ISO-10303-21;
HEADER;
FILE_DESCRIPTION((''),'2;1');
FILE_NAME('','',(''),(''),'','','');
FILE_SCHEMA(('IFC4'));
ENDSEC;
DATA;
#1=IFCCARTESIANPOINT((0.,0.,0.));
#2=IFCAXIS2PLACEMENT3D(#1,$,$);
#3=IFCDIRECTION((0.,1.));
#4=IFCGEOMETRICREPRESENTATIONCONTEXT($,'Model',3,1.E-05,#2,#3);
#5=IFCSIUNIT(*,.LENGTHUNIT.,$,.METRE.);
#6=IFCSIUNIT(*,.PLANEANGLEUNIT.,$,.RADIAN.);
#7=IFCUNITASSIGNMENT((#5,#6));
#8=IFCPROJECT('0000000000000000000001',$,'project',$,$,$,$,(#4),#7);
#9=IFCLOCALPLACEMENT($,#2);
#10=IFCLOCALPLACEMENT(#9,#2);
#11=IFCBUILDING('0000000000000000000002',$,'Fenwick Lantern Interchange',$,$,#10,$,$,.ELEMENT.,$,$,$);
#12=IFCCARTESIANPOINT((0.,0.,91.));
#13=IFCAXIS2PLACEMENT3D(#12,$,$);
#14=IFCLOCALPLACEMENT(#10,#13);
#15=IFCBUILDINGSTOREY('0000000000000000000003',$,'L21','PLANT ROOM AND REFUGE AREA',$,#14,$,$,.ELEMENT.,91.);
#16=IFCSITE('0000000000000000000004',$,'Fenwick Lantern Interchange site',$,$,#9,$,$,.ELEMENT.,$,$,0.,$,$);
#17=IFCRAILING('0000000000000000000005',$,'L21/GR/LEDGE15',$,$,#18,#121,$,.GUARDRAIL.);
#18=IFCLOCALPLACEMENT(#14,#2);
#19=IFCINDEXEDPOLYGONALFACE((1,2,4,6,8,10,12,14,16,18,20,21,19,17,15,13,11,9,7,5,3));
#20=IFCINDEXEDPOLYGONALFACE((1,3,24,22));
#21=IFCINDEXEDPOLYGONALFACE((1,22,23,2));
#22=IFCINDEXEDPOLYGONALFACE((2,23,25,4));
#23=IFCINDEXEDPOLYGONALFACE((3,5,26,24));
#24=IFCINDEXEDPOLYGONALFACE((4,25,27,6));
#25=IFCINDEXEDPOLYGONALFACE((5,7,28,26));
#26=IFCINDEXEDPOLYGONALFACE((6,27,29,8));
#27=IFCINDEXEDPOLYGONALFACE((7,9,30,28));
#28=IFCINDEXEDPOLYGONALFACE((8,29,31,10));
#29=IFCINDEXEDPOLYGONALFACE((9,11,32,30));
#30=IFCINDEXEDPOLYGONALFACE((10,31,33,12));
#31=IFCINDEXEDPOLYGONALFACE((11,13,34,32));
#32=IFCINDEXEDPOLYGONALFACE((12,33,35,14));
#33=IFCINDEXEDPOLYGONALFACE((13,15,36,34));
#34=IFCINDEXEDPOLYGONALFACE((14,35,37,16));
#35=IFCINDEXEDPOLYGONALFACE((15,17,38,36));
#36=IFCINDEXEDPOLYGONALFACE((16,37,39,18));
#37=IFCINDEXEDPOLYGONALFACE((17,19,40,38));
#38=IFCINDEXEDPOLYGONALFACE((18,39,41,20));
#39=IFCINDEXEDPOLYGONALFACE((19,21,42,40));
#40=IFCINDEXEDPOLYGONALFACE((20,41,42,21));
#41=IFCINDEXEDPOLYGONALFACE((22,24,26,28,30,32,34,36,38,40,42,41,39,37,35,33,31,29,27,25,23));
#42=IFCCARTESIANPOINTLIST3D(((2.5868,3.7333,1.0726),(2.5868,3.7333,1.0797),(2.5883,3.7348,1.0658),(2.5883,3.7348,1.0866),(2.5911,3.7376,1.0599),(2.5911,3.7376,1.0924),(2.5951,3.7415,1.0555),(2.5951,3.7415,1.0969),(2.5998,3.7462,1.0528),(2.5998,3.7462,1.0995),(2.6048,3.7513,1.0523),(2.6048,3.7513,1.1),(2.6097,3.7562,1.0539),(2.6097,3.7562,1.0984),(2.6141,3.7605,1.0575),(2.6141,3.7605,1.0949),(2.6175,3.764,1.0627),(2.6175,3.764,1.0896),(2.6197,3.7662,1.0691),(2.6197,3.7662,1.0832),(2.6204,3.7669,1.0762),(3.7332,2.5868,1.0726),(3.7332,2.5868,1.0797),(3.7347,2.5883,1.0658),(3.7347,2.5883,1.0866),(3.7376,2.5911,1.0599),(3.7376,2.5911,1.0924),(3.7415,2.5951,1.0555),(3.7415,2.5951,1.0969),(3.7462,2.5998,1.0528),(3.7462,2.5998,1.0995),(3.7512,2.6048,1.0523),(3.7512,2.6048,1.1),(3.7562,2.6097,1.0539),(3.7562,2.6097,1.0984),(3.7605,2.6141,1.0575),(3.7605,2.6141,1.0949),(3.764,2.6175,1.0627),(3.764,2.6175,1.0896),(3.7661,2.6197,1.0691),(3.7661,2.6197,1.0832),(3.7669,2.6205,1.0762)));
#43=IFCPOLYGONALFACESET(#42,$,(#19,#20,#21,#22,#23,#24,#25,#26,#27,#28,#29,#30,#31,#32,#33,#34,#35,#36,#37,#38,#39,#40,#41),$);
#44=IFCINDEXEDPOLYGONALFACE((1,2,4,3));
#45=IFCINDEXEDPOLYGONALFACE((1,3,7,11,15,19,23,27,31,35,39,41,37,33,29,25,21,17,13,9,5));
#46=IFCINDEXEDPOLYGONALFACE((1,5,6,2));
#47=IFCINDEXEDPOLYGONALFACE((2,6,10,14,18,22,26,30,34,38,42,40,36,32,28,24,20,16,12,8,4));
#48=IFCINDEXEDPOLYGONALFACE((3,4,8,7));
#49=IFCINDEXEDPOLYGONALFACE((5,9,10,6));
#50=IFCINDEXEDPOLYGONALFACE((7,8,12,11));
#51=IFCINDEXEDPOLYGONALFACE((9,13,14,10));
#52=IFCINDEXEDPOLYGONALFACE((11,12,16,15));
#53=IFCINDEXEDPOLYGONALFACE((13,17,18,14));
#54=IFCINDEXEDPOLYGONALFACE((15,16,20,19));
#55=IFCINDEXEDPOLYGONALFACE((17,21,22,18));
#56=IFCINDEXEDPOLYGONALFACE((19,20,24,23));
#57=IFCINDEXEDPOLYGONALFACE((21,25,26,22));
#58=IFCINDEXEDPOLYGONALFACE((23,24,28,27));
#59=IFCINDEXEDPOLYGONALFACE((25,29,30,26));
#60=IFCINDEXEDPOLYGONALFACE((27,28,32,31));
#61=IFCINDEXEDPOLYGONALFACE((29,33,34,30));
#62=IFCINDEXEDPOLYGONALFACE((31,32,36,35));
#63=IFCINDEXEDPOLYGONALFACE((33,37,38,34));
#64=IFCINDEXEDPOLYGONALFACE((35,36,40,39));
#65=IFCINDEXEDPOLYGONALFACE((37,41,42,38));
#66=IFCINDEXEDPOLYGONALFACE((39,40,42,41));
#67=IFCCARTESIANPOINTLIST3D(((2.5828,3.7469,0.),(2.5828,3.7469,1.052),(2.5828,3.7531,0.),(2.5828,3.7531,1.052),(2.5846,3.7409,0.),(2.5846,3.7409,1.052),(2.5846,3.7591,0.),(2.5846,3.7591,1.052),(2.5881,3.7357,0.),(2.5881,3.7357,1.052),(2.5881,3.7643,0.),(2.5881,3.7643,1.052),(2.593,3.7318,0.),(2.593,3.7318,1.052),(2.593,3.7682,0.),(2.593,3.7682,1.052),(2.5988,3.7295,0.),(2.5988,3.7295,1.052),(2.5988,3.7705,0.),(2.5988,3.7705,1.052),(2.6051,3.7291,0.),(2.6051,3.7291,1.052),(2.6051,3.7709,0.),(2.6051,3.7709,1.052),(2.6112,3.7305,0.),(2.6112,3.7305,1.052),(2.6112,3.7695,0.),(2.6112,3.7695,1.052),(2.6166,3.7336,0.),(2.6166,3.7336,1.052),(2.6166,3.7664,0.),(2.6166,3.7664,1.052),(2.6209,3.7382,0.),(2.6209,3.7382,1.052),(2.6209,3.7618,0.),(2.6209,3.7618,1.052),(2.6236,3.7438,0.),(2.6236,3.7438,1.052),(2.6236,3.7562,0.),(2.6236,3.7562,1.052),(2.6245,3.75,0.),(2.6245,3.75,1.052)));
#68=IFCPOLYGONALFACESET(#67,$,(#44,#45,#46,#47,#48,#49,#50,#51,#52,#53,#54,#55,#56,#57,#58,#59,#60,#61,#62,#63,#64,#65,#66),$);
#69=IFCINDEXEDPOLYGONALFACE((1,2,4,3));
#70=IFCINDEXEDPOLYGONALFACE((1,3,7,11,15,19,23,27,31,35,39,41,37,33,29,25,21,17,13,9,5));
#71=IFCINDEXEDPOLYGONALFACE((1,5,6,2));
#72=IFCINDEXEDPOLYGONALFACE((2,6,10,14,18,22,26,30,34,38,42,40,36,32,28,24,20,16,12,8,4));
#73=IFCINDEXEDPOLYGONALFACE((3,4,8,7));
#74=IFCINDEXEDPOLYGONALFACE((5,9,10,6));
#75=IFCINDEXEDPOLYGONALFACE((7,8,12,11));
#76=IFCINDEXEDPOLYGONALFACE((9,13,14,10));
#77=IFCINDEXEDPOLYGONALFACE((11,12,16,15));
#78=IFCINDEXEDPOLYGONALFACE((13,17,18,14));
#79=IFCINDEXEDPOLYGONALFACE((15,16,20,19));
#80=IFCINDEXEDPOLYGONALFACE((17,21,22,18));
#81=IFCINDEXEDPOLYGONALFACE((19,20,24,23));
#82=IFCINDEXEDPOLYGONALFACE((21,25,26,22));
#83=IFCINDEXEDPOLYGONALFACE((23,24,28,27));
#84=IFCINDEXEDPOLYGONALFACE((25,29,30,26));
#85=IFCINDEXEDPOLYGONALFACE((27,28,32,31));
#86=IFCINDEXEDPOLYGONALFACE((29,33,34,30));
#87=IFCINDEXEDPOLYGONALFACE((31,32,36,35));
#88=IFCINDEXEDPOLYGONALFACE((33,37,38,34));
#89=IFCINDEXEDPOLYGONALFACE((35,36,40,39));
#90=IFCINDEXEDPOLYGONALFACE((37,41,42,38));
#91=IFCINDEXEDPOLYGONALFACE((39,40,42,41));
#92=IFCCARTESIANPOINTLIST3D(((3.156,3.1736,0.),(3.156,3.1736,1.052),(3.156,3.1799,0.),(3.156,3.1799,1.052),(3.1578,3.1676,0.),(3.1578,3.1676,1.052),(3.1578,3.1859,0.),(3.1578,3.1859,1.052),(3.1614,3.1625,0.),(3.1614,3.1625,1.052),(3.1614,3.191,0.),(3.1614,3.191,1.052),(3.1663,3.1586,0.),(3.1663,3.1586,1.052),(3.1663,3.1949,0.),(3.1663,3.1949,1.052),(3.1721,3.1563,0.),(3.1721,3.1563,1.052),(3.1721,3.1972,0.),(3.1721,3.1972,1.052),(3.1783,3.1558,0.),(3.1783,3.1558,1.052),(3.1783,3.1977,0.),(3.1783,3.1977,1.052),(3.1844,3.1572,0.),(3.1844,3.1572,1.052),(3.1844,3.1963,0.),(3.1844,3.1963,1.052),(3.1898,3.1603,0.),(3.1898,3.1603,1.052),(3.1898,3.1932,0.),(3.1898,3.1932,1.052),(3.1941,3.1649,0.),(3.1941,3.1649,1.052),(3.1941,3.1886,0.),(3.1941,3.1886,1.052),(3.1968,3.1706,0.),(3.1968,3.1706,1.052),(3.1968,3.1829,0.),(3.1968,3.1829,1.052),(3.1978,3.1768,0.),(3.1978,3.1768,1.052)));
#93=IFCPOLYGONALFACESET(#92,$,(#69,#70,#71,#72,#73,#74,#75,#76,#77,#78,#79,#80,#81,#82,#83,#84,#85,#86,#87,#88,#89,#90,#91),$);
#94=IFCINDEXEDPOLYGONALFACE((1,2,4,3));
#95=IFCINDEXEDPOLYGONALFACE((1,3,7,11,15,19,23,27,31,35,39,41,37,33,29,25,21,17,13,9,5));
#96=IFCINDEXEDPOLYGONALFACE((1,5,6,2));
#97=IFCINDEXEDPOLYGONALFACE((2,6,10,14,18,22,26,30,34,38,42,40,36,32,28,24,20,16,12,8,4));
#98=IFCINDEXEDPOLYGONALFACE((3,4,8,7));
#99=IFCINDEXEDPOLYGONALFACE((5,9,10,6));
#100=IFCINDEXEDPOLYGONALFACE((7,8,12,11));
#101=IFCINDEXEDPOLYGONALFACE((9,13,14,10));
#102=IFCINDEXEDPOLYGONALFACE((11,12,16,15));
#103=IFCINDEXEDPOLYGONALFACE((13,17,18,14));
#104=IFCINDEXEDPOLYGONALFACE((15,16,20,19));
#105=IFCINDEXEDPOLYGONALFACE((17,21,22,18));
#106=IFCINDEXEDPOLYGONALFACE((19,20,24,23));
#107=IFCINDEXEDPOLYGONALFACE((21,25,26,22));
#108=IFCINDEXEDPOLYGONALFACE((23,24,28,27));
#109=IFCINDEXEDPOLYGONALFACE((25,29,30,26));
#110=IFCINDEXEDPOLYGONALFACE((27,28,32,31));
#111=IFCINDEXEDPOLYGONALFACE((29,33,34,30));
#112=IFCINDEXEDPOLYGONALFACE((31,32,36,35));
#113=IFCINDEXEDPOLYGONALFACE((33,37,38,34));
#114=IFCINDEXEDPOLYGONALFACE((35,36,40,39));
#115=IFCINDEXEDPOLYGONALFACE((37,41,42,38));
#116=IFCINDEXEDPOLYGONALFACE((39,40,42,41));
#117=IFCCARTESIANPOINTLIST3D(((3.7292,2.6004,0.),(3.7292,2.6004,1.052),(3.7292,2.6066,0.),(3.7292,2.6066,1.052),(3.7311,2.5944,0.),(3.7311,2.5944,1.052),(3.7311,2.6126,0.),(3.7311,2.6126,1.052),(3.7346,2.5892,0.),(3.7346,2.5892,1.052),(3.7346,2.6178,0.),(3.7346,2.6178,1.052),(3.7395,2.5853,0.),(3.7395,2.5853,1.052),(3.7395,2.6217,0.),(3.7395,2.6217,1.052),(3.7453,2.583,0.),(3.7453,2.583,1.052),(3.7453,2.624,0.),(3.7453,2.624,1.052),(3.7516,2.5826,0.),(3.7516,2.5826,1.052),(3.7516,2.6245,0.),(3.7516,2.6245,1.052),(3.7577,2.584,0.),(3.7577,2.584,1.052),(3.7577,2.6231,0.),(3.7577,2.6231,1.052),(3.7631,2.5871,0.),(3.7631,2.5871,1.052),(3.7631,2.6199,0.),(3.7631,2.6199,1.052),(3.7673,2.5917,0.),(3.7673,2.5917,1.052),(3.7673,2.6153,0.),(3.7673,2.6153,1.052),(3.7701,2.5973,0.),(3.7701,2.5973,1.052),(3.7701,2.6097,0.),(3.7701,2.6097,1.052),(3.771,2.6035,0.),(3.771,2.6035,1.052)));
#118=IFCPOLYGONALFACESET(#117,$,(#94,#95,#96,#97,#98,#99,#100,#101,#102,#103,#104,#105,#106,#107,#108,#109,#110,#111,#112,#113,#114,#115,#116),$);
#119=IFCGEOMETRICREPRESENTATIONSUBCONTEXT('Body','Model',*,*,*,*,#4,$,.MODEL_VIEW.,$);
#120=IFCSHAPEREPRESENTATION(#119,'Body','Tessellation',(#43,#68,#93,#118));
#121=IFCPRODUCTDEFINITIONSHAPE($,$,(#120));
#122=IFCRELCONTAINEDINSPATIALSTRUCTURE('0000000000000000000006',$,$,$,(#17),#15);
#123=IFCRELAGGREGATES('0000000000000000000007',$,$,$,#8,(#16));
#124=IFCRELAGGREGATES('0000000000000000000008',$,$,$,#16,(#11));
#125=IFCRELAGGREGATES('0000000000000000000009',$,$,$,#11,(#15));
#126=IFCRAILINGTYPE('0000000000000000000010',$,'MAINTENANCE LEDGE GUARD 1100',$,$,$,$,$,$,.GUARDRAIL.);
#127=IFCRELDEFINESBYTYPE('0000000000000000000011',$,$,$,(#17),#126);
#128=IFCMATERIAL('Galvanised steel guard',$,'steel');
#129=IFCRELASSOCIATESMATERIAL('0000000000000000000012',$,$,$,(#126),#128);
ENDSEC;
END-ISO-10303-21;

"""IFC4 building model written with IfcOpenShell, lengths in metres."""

from ifc_helpers import new_model, si_unit, direction, frame, origin, origin_2d, place, context, subcontext, project, spatial, circle, extrude, material, type_object, element, save


model = new_model("IFC4")

# Units and contexts
model_context = context("Model", 3, precision=1e-05, world=origin(), true_north=direction((0.0, 1.0)))
body_context = subcontext(model_context, "Body", "Model", "MODEL_VIEW")
ifc_project = project(units=[si_unit("LENGTHUNIT", "METRE"), si_unit("PLANEANGLEUNIT", "RADIAN")], contexts=[model_context])

# Site, building, storey
site_placement = place(None, origin())
site = spatial("IfcSite", under=ifc_project, at=site_placement, Name="Fenwick Lantern Interchange site", CompositionType="ELEMENT", RefElevation=0.0)
building_placement = place(site_placement, origin())
building = spatial("IfcBuilding", under=site, at=building_placement, Name="Fenwick Lantern Interchange", CompositionType="ELEMENT")
storey_placement = place(building_placement, frame((0.0, 0.0, 91.0)))
storey = spatial("IfcBuildingStorey", under=building, at=storey_placement, Name="L21", Description="PLANT ROOM AND REFUGE AREA", CompositionType="ELEMENT", Elevation=91.0)

# Railing
ifc_material_1 = material(Name="Galvanised steel guard", Category="steel")
railing_type = type_object("IfcRailingType", Name="MAINTENANCE LEDGE GUARD 1100", PredefinedType="GUARDRAIL", material=ifc_material_1)
railing_1_placement = place(storey_placement, frame((2.6035, 3.75, 0.0)))
element("IfcRailing", 1, at=railing_1_placement, inside=storey, type_object=railing_type, Name="L21/GR/LEDGE15", PredefinedType="GUARDRAIL", context=body_context, shape_type="SweptSolid", body=[
    extrude(circle(Radius=0.0239, at=origin_2d()), frame((0.0, 0.0, 1.0762), z_axis=(0.707107, -0.707107, 0.0), x_axis=(0.707107, 0.707107, 0.0)), (0.0, 0.0, 1.0), 1.6213),
    extrude(circle(Radius=0.021, at=origin_2d()), origin(), (0.0, 0.0, 1.0), 1.052),
    extrude(circle(Radius=0.021, at=origin_2d()), frame((0.5732, -0.5732, 0.0)), (0.0, 0.0, 1.0), 1.052),
    extrude(circle(Radius=0.021, at=origin_2d()), frame((1.1465, -1.1465, 0.0)), (0.0, 0.0, 1.0), 1.052),
])

save(model, "model.ifc")
